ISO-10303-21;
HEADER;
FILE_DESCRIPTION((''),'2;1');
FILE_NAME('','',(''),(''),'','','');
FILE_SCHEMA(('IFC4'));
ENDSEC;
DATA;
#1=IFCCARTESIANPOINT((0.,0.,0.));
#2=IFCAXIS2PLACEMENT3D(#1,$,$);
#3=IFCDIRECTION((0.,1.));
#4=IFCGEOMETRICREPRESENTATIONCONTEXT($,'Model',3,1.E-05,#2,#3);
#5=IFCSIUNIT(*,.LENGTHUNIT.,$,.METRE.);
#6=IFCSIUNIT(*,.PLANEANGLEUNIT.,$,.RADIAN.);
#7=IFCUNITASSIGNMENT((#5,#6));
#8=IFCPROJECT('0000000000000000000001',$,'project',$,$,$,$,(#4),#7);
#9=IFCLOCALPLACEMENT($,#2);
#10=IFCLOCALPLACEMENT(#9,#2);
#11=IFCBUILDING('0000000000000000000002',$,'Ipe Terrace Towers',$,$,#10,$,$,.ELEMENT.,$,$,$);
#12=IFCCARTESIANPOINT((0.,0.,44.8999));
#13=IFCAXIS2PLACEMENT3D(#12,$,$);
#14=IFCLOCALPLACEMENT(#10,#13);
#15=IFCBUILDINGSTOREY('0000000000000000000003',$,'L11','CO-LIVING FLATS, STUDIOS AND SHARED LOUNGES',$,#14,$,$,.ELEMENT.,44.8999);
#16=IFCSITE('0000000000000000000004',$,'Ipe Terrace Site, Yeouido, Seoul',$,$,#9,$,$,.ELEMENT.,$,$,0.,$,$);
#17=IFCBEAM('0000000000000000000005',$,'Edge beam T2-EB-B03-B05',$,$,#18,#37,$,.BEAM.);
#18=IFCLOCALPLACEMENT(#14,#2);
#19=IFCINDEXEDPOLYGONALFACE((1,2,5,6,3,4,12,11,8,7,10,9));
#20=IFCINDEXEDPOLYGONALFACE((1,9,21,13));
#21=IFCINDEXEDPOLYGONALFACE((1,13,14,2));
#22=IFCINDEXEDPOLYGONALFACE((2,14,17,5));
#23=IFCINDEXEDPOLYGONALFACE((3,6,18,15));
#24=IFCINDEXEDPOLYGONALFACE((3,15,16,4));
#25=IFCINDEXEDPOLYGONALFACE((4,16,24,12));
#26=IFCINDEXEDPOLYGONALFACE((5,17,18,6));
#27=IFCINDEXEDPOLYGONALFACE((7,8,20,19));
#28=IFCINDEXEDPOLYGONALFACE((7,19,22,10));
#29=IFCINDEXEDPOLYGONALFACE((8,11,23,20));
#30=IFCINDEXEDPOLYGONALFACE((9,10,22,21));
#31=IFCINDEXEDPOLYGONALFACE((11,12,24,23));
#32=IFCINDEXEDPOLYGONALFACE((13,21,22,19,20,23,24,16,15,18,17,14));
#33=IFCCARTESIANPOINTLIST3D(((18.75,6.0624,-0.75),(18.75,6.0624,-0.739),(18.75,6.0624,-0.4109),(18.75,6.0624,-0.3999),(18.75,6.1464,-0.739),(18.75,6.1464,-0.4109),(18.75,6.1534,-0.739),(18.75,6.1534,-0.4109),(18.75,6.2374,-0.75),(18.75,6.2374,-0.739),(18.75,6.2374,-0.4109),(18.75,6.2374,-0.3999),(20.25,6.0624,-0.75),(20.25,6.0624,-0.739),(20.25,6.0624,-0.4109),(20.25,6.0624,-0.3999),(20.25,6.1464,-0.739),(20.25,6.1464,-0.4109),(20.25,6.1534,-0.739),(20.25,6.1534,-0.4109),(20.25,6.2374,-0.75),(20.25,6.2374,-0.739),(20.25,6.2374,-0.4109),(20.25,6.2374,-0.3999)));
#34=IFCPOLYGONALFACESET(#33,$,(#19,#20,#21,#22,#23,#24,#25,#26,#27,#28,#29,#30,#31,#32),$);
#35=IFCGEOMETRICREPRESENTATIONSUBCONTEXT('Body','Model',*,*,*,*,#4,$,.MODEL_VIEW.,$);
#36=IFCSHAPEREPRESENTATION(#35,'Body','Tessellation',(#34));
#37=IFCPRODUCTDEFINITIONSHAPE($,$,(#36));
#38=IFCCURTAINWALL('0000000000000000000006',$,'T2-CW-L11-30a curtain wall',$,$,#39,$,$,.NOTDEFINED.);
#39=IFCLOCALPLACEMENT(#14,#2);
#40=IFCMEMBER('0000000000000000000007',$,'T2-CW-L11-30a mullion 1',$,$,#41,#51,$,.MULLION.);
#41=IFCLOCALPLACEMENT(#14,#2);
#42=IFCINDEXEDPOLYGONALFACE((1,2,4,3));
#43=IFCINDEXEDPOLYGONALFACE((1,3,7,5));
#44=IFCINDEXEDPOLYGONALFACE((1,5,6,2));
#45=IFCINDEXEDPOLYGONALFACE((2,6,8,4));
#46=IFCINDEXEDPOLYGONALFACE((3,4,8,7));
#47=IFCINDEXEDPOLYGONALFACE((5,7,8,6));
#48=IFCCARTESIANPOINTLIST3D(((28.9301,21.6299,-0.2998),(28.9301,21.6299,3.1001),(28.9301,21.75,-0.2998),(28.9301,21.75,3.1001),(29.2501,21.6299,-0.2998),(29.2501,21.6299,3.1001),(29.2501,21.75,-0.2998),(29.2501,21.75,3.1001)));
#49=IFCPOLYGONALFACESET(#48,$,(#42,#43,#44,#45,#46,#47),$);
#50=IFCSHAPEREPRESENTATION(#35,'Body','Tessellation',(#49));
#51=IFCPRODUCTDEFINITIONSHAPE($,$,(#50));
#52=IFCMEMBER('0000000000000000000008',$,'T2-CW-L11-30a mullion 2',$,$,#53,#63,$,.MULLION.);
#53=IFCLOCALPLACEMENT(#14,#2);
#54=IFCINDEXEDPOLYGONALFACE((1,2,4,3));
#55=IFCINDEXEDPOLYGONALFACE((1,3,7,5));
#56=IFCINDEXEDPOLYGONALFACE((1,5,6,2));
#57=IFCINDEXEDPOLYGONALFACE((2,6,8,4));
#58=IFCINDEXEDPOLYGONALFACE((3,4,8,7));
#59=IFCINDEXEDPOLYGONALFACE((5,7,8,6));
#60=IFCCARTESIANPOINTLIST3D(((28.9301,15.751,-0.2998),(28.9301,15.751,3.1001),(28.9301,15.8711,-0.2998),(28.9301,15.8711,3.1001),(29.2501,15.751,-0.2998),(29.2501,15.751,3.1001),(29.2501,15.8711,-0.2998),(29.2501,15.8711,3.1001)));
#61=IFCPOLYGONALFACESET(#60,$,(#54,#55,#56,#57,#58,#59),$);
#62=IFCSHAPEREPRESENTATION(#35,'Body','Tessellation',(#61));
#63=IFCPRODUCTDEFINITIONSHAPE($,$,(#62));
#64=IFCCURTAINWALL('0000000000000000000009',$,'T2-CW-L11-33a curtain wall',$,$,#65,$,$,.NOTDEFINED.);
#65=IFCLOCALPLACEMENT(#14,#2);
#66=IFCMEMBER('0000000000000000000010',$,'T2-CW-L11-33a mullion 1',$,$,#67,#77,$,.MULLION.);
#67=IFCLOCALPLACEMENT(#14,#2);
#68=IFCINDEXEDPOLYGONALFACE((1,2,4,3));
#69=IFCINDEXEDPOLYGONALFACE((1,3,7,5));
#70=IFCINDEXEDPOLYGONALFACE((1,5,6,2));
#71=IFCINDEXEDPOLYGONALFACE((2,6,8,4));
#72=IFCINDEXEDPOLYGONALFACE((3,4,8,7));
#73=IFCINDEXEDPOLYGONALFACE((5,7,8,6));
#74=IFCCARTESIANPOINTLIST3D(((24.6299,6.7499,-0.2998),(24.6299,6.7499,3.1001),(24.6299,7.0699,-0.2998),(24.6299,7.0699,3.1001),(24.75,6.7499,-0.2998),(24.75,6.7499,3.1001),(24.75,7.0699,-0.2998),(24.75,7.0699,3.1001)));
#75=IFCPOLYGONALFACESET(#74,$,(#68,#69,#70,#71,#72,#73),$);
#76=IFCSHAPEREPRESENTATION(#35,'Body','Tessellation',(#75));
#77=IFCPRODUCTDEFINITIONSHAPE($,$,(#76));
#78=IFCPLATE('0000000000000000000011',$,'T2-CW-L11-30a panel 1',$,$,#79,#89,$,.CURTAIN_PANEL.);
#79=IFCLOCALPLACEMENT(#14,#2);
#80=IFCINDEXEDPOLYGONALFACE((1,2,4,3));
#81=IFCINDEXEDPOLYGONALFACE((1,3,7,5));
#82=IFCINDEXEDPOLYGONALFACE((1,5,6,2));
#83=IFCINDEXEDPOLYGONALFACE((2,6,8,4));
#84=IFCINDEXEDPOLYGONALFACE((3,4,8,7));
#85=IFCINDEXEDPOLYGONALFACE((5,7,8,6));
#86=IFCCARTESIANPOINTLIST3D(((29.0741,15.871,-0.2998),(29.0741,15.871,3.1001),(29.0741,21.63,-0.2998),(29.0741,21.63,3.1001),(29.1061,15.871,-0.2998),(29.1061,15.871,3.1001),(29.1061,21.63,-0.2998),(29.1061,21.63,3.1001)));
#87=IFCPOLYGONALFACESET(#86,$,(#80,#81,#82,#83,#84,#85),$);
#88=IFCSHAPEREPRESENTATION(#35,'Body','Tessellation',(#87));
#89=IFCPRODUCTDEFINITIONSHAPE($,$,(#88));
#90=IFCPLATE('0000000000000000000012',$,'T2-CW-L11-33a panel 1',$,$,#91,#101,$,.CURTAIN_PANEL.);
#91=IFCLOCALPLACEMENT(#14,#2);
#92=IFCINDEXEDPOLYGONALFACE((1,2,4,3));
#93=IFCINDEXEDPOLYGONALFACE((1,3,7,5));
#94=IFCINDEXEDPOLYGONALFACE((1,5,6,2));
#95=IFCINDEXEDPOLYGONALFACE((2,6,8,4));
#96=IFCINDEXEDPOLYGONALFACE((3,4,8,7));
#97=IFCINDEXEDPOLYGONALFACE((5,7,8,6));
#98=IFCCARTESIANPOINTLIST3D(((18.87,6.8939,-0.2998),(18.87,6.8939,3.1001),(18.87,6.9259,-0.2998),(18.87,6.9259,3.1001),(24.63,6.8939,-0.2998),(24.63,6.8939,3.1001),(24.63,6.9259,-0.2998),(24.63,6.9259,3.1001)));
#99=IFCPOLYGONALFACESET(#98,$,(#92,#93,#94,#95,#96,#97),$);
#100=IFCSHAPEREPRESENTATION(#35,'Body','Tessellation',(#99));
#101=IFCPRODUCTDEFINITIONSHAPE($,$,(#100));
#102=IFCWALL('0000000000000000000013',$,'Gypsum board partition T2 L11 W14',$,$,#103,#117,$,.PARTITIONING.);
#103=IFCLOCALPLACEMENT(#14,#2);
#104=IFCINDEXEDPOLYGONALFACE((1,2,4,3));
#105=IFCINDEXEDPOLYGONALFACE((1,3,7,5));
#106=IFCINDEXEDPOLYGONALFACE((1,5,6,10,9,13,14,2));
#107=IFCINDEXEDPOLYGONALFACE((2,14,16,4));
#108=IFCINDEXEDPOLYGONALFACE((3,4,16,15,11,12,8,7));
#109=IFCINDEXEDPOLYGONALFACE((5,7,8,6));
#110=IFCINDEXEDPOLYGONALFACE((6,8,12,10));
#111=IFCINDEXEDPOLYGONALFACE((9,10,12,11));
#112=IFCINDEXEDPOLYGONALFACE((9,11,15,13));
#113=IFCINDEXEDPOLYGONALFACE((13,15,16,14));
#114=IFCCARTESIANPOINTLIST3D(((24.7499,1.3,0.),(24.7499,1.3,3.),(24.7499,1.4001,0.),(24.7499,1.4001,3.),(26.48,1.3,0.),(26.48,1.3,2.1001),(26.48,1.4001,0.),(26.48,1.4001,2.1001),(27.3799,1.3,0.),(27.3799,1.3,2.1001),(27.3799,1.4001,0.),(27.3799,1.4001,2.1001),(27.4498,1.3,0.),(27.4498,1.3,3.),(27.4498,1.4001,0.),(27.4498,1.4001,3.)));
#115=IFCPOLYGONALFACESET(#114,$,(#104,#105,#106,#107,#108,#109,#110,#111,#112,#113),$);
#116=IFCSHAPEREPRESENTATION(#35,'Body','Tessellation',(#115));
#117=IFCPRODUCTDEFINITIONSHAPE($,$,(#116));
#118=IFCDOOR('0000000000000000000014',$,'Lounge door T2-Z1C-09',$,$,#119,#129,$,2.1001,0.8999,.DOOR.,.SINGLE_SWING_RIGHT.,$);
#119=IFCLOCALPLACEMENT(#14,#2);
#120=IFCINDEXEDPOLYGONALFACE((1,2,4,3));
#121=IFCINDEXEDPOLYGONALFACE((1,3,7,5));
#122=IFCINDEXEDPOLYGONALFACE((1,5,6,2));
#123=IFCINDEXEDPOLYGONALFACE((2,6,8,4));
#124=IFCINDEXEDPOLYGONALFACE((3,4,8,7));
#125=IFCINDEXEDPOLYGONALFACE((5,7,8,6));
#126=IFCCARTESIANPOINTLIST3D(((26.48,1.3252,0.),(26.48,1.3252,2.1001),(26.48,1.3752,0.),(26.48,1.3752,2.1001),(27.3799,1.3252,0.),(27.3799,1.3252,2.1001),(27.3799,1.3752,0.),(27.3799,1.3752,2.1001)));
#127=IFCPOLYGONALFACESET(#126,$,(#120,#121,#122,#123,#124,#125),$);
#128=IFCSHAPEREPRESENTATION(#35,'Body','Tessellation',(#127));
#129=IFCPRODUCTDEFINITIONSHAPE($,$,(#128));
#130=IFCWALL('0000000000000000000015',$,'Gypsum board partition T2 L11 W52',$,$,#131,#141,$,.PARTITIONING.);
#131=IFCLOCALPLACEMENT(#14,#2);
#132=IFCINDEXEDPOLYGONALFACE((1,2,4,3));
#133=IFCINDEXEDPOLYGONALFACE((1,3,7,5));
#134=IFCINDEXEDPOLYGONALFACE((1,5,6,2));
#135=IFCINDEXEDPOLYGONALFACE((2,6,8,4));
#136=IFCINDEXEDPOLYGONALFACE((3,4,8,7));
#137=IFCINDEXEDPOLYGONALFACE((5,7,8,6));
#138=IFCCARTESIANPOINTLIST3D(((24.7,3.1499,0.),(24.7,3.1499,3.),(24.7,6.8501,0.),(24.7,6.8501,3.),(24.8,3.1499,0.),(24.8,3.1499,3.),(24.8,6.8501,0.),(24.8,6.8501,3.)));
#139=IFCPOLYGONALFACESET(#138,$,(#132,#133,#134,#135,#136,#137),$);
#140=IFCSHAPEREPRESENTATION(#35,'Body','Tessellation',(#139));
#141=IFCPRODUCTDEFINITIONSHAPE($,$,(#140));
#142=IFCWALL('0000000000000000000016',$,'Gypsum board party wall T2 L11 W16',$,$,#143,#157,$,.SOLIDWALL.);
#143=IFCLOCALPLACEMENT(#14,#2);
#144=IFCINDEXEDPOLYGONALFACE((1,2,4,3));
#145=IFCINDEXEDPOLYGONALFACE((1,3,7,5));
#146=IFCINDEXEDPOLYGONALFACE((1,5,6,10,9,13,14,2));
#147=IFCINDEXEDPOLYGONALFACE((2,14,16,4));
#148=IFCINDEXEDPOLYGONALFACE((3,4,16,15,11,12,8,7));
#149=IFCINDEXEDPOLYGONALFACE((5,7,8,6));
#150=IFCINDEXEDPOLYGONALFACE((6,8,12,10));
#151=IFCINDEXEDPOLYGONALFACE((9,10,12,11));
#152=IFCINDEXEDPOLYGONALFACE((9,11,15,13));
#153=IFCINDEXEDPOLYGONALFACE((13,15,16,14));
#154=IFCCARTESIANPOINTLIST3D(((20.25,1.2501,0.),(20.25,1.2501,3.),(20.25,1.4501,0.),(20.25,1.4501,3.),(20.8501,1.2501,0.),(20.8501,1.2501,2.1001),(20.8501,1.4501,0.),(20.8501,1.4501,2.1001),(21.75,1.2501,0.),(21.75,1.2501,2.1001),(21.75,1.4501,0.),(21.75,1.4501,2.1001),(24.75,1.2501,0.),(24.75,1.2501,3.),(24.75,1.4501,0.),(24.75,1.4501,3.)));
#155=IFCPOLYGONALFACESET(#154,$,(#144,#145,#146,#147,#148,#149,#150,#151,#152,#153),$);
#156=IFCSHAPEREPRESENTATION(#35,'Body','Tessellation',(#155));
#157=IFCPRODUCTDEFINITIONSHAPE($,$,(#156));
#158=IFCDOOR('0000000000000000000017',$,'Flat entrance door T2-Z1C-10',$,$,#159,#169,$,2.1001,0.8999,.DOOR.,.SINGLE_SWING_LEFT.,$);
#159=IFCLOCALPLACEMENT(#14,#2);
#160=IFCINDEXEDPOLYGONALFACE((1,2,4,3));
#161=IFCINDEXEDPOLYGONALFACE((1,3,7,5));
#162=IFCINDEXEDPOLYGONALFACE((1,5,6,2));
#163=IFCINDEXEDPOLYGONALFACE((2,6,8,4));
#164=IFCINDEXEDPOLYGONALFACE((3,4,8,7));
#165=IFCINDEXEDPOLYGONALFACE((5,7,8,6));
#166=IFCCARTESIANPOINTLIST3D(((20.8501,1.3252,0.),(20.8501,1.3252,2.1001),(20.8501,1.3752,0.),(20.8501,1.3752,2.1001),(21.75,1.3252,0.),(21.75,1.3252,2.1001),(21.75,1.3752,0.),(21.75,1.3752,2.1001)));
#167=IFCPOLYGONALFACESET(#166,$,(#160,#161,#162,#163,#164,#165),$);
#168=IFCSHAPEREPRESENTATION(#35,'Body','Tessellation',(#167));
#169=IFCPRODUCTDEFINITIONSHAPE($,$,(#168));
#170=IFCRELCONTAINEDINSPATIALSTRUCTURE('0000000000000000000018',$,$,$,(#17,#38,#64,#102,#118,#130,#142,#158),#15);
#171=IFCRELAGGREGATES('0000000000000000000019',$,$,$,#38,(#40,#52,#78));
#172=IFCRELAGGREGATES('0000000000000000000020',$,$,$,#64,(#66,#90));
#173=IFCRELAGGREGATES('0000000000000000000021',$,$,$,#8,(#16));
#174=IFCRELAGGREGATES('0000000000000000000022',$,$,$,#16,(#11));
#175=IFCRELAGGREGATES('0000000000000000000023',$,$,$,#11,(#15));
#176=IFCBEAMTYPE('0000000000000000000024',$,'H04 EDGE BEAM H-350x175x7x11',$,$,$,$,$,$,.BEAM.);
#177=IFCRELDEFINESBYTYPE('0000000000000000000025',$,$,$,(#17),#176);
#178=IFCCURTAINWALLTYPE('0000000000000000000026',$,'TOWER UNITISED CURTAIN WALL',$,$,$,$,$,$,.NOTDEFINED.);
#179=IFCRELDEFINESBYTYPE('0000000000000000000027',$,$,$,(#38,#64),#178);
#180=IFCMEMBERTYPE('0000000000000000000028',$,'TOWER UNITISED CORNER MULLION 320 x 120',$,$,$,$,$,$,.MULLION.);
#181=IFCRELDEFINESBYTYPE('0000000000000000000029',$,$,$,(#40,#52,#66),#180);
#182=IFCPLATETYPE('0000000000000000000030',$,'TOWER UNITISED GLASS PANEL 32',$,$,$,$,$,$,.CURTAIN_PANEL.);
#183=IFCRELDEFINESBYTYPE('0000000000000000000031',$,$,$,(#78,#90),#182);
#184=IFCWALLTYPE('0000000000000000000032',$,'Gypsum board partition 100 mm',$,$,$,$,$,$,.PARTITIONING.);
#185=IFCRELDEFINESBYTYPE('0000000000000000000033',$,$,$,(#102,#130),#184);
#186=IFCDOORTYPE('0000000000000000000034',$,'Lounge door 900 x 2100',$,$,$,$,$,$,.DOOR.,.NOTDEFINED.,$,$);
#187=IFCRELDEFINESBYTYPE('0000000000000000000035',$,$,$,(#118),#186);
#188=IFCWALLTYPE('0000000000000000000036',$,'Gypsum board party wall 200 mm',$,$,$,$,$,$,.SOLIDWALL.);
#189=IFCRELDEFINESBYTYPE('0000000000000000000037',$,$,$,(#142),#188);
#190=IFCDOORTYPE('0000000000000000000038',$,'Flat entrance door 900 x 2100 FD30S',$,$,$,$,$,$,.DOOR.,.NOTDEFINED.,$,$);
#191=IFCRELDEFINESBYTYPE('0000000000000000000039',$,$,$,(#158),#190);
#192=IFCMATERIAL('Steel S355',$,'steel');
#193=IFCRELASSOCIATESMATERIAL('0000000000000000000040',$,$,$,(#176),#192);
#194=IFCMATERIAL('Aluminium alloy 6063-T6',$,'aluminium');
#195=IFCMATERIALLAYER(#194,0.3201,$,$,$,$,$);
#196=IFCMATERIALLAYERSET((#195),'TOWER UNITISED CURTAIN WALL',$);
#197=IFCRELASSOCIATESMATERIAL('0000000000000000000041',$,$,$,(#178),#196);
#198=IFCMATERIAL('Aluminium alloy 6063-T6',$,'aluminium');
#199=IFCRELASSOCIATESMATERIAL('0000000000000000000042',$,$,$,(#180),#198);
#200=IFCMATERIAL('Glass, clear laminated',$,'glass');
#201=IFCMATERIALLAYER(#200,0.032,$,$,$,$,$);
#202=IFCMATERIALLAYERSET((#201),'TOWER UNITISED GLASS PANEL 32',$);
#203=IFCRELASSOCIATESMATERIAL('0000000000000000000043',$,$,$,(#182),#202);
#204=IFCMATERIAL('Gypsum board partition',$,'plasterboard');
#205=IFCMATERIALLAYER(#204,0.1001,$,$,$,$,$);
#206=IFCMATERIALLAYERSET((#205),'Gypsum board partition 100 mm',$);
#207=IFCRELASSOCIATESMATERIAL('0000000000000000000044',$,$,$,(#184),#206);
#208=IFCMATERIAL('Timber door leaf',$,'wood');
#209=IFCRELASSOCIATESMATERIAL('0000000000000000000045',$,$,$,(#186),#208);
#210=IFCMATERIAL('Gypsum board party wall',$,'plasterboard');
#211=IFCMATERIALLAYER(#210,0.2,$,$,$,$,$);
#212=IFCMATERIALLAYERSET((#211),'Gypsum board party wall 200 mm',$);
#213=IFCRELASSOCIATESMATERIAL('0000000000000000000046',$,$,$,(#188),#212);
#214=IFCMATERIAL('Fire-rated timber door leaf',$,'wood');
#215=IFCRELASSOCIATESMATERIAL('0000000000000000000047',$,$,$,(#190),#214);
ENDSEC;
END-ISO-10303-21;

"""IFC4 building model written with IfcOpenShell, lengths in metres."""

from ifc_helpers import new_model, si_unit, direction, frame, frame_2d, origin, origin_2d, place, context, subcontext, project, spatial, rectangle, i_section, extrude, material, layer, layer_set, material_profile, profile_set, type_object, element, fill, aggregate, save


model = new_model("IFC4")

# Units and contexts
model_context = context("Model", 3, precision=1e-05, world=origin(), true_north=direction((0.0, 1.0)))
body_context = subcontext(model_context, "Body", "Model", "MODEL_VIEW")
ifc_project = project(units=[si_unit("LENGTHUNIT", "METRE"), si_unit("PLANEANGLEUNIT", "RADIAN")], contexts=[model_context])

# Site, building, storey
site_placement = place(None, origin())
site = spatial("IfcSite", under=ifc_project, at=site_placement, Name="Ipe Terrace Site, Yeouido, Seoul", CompositionType="ELEMENT", RefElevation=0.0)
building_placement = place(site_placement, origin())
building = spatial("IfcBuilding", under=site, at=building_placement, Name="Ipe Terrace Towers", CompositionType="ELEMENT")
storey_placement = place(building_placement, frame((0.0, 0.0, 44.8999)))
storey = spatial("IfcBuildingStorey", under=building, at=storey_placement, Name="L11", Description="CO-LIVING FLATS, STUDIOS AND SHARED LOUNGES", CompositionType="ELEMENT", Elevation=44.8999)

# Beam
ifc_material_1 = material(Name="Steel S355", Category="steel")
ifc_material_profile_1 = material_profile(ifc_material_1, i_section(OverallWidth=0.175, OverallDepth=0.3501, WebThickness=0.0071, FlangeThickness=0.011, at=origin_2d()), Name="H-350x175x7x11")
ifc_profile_set_1 = profile_set([ifc_material_profile_1], Name="Steel S355")
beam_type = type_object("IfcBeamType", Name="H04 EDGE BEAM H-350x175x7x11", PredefinedType="BEAM", material=ifc_profile_set_1)
beam_placement = place(storey_placement, frame((20.25, 6.1499, -0.575), z_axis=(-1.0, 0.0, 0.0), x_axis=(0.0, -1.0, 0.0)))
element("IfcBeam", 1, at=beam_placement, inside=storey, type_object=beam_type, Name="Edge beam T2-EB-B03-B05", PredefinedType="BEAM", context=body_context, shape_type="SweptSolid", body=[
    extrude(i_section(OverallWidth=0.175, OverallDepth=0.3501, WebThickness=0.0071, FlangeThickness=0.011, at=origin_2d()), origin(), (0.0, 0.0, 1.0), 1.5),
])

# Curtain wall, members
ifc_material_2 = material(Name="Aluminium alloy 6063-T6", Category="aluminium")
ifc_layer_1 = layer(ifc_material_2, 0.3201)
ifc_layer_set_1 = layer_set([ifc_layer_1], Name="TOWER UNITISED CURTAIN WALL")
curtain_wall_type = type_object("IfcCurtainWallType", Name="TOWER UNITISED CURTAIN WALL", PredefinedType="NOTDEFINED", material=ifc_layer_set_1)
curtain_wall_1_placement = place(storey_placement, origin())
curtain_wall_1 = element("IfcCurtainWall", 2, at=curtain_wall_1_placement, inside=storey, type_object=curtain_wall_type, Name="T2-CW-L11-30a curtain wall", PredefinedType="NOTDEFINED")
ifc_material_3 = material(Name="Aluminium alloy 6063-T6", Category="aluminium")
ifc_material_profile_2 = material_profile(ifc_material_3, rectangle(XDim=0.3201, YDim=0.1201, at=origin_2d()), Name="TOWER UNITISED CORNER MULLION 320 x 120")
ifc_profile_set_2 = profile_set([ifc_material_profile_2], Name="Aluminium alloy 6063-T6")
member_type = type_object("IfcMemberType", Name="TOWER UNITISED CORNER MULLION 320 x 120", PredefinedType="MULLION", material=ifc_profile_set_2)
member_1_placement = place(storey_placement, frame((29.0901, 21.6899, -0.2998), z_axis=(0.0, 0.0, 1.0), x_axis=(-1.0, 0.0, 0.0)))
member_1 = element("IfcMember", 3, at=member_1_placement, type_object=member_type, Name="T2-CW-L11-30a mullion 1", PredefinedType="MULLION", context=body_context, shape_type="SweptSolid", body=[
    extrude(rectangle(XDim=0.3201, YDim=0.1201, at=origin_2d()), origin(), (0.0, 0.0, 1.0), 3.3999),
])
member_2_placement = place(storey_placement, frame((29.0901, 15.811, -0.2998), z_axis=(0.0, 0.0, 1.0), x_axis=(-1.0, 0.0, 0.0)))
member_2 = element("IfcMember", 4, at=member_2_placement, type_object=member_type, Name="T2-CW-L11-30a mullion 2", PredefinedType="MULLION", context=body_context, shape_type="SweptSolid", body=[
    extrude(rectangle(XDim=0.3201, YDim=0.1201, at=origin_2d()), origin(), (0.0, 0.0, 1.0), 3.3999),
])

# Curtain wall, member
curtain_wall_2_placement = place(storey_placement, origin())
curtain_wall_2 = element("IfcCurtainWall", 5, at=curtain_wall_2_placement, inside=storey, type_object=curtain_wall_type, Name="T2-CW-L11-33a curtain wall", PredefinedType="NOTDEFINED")
member_3_placement = place(storey_placement, frame((24.6899, 6.9099, -0.2998), z_axis=(0.0, 0.0, 1.0), x_axis=(0.0, 1.0, 0.0)))
member_3 = element("IfcMember", 6, at=member_3_placement, type_object=member_type, Name="T2-CW-L11-33a mullion 1", PredefinedType="MULLION", context=body_context, shape_type="SweptSolid", body=[
    extrude(rectangle(XDim=0.3201, YDim=0.1201, at=origin_2d()), origin(), (0.0, 0.0, 1.0), 3.3999),
])

# Plates
ifc_material_4 = material(Name="Glass, clear laminated", Category="glass")
ifc_layer_2 = layer(ifc_material_4, 0.032)
ifc_layer_set_2 = layer_set([ifc_layer_2], Name="TOWER UNITISED GLASS PANEL 32")
plate_type = type_object("IfcPlateType", Name="TOWER UNITISED GLASS PANEL 32", PredefinedType="CURTAIN_PANEL", material=ifc_layer_set_2)
plate_1_placement = place(storey_placement, frame((29.0901, 18.7505, -0.2998), z_axis=(0.0, 0.0, 1.0), x_axis=(0.0, -1.0, 0.0)))
plate_1 = element("IfcPlate", 7, at=plate_1_placement, type_object=plate_type, Name="T2-CW-L11-30a panel 1", PredefinedType="CURTAIN_PANEL", context=body_context, shape_type="SweptSolid", body=[
    extrude(rectangle(XDim=5.759, YDim=0.032, at=origin_2d()), origin(), (0.0, 0.0, 1.0), 3.3999),
])
aggregate(curtain_wall_1, [member_1, member_2, plate_1])
plate_2_placement = place(storey_placement, frame((21.75, 6.9099, -0.2998), z_axis=(0.0, 0.0, 1.0), x_axis=(-1.0, 0.0, 0.0)))
plate_2 = element("IfcPlate", 8, at=plate_2_placement, type_object=plate_type, Name="T2-CW-L11-33a panel 1", PredefinedType="CURTAIN_PANEL", context=body_context, shape_type="SweptSolid", body=[
    extrude(rectangle(XDim=5.76, YDim=0.032, at=origin_2d()), origin(), (0.0, 0.0, 1.0), 3.3999),
])
aggregate(curtain_wall_2, [member_3, plate_2])

# Wall, opening, door
ifc_material_5 = material(Name="Gypsum board partition", Category="plasterboard")
ifc_layer_3 = layer(ifc_material_5, 0.1001)
ifc_layer_set_3 = layer_set([ifc_layer_3], Name="Gypsum board partition 100 mm")
wall_type_1 = type_object("IfcWallType", Name="Gypsum board partition 100 mm", PredefinedType="PARTITIONING", material=ifc_layer_set_3)
wall_1_placement = place(storey_placement, frame((27.45, 1.3501, 0.0), z_axis=(0.0, 0.0, 1.0), x_axis=(-1.0, 0.0, 0.0)))
wall_1 = element("IfcWall", 9, at=wall_1_placement, inside=storey, type_object=wall_type_1, Name="Gypsum board partition T2 L11 W14", PredefinedType="PARTITIONING", context=body_context, shape_type="SweptSolid", body=[
    extrude(rectangle(XDim=2.7, YDim=0.1001, at=frame_2d((1.3501, 0.0))), origin(), (0.0, 0.0, 1.0), 3.0),
])
opening_1_placement = place(wall_1_placement, frame((0.0701, 0.0, 0.0)))
opening_1 = element("IfcOpeningElement", 10, at=opening_1_placement, cuts=wall_1, PredefinedType="OPENING", context=body_context, shape_type="SweptSolid", body=[
    extrude(rectangle(XDim=0.8999, YDim=2.1001, at=frame_2d((0.45, 1.05))), frame((0.0, 0.0601, 0.0), z_axis=(0.0, -1.0, 0.0), x_axis=(1.0, 0.0, 0.0)), (0.0, 0.0, 1.0), 0.1201),
])
ifc_material_6 = material(Name="Timber door leaf", Category="wood")
door_type_1 = type_object("IfcDoorType", Name="Lounge door 900 x 2100", OperationType="NOTDEFINED", PredefinedType="DOOR", material=ifc_material_6)
door_1_placement = place(opening_1_placement, origin())
door_1 = element("IfcDoor", 11, at=door_1_placement, inside=storey, type_object=door_type_1, Name="Lounge door T2-Z1C-09", OperationType="SINGLE_SWING_RIGHT", OverallHeight=2.1001, OverallWidth=0.8999, PredefinedType="DOOR", context=body_context, shape_type="SweptSolid", body=[
    extrude(rectangle(XDim=0.8999, YDim=2.1001, at=frame_2d((0.45, 1.05))), frame((0.0, 0.0249, 0.0), z_axis=(0.0, -1.0, 0.0), x_axis=(1.0, 0.0, 0.0)), (0.0, 0.0, 1.0), 0.05),
])
fill(opening_1, door_1)

# Wall
wall_2_placement = place(storey_placement, frame((24.75, 3.1499, 0.0), z_axis=(0.0, 0.0, 1.0), x_axis=(0.0, 1.0, 0.0)))
element("IfcWall", 12, at=wall_2_placement, inside=storey, type_object=wall_type_1, Name="Gypsum board partition T2 L11 W52", PredefinedType="PARTITIONING", context=body_context, shape_type="SweptSolid", body=[
    extrude(rectangle(XDim=3.7002, YDim=0.1001, at=frame_2d((1.8501, 0.0))), origin(), (0.0, 0.0, 1.0), 3.0),
])

# Wall, opening, door
ifc_material_7 = material(Name="Gypsum board party wall", Category="plasterboard")
ifc_layer_4 = layer(ifc_material_7, 0.2)
ifc_layer_set_4 = layer_set([ifc_layer_4], Name="Gypsum board party wall 200 mm")
wall_type_2 = type_object("IfcWallType", Name="Gypsum board party wall 200 mm", PredefinedType="SOLIDWALL", material=ifc_layer_set_4)
wall_3_placement = place(storey_placement, frame((24.75, 1.3501, 0.0), z_axis=(0.0, 0.0, 1.0), x_axis=(-1.0, 0.0, 0.0)))
wall_3 = element("IfcWall", 13, at=wall_3_placement, inside=storey, type_object=wall_type_2, Name="Gypsum board party wall T2 L11 W16", PredefinedType="SOLIDWALL", context=body_context, shape_type="SweptSolid", body=[
    extrude(rectangle(XDim=4.5, YDim=0.2, at=frame_2d((2.25, 0.0))), origin(), (0.0, 0.0, 1.0), 3.0),
])
opening_2_placement = place(wall_3_placement, frame((3.0, 0.0, 0.0)))
opening_2 = element("IfcOpeningElement", 14, at=opening_2_placement, cuts=wall_3, PredefinedType="OPENING", context=body_context, shape_type="SweptSolid", body=[
    extrude(rectangle(XDim=0.8999, YDim=2.1001, at=frame_2d((0.45, 1.05))), frame((0.0, 0.1099, 0.0), z_axis=(0.0, -1.0, 0.0), x_axis=(1.0, 0.0, 0.0)), (0.0, 0.0, 1.0), 0.22),
])
ifc_material_8 = material(Name="Fire-rated timber door leaf", Category="wood")
door_type_2 = type_object("IfcDoorType", Name="Flat entrance door 900 x 2100 FD30S", OperationType="NOTDEFINED", PredefinedType="DOOR", material=ifc_material_8)
door_2_placement = place(opening_2_placement, origin())
door_2 = element("IfcDoor", 15, at=door_2_placement, inside=storey, type_object=door_type_2, Name="Flat entrance door T2-Z1C-10", OperationType="SINGLE_SWING_LEFT", OverallHeight=2.1001, OverallWidth=0.8999, PredefinedType="DOOR", context=body_context, shape_type="SweptSolid", body=[
    extrude(rectangle(XDim=0.8999, YDim=2.1001, at=frame_2d((0.45, 1.05))), frame((0.0, 0.0249, 0.0), z_axis=(0.0, -1.0, 0.0), x_axis=(1.0, 0.0, 0.0)), (0.0, 0.0, 1.0), 0.05),
])
fill(opening_2, door_2)

save(model, "model.ifc")
